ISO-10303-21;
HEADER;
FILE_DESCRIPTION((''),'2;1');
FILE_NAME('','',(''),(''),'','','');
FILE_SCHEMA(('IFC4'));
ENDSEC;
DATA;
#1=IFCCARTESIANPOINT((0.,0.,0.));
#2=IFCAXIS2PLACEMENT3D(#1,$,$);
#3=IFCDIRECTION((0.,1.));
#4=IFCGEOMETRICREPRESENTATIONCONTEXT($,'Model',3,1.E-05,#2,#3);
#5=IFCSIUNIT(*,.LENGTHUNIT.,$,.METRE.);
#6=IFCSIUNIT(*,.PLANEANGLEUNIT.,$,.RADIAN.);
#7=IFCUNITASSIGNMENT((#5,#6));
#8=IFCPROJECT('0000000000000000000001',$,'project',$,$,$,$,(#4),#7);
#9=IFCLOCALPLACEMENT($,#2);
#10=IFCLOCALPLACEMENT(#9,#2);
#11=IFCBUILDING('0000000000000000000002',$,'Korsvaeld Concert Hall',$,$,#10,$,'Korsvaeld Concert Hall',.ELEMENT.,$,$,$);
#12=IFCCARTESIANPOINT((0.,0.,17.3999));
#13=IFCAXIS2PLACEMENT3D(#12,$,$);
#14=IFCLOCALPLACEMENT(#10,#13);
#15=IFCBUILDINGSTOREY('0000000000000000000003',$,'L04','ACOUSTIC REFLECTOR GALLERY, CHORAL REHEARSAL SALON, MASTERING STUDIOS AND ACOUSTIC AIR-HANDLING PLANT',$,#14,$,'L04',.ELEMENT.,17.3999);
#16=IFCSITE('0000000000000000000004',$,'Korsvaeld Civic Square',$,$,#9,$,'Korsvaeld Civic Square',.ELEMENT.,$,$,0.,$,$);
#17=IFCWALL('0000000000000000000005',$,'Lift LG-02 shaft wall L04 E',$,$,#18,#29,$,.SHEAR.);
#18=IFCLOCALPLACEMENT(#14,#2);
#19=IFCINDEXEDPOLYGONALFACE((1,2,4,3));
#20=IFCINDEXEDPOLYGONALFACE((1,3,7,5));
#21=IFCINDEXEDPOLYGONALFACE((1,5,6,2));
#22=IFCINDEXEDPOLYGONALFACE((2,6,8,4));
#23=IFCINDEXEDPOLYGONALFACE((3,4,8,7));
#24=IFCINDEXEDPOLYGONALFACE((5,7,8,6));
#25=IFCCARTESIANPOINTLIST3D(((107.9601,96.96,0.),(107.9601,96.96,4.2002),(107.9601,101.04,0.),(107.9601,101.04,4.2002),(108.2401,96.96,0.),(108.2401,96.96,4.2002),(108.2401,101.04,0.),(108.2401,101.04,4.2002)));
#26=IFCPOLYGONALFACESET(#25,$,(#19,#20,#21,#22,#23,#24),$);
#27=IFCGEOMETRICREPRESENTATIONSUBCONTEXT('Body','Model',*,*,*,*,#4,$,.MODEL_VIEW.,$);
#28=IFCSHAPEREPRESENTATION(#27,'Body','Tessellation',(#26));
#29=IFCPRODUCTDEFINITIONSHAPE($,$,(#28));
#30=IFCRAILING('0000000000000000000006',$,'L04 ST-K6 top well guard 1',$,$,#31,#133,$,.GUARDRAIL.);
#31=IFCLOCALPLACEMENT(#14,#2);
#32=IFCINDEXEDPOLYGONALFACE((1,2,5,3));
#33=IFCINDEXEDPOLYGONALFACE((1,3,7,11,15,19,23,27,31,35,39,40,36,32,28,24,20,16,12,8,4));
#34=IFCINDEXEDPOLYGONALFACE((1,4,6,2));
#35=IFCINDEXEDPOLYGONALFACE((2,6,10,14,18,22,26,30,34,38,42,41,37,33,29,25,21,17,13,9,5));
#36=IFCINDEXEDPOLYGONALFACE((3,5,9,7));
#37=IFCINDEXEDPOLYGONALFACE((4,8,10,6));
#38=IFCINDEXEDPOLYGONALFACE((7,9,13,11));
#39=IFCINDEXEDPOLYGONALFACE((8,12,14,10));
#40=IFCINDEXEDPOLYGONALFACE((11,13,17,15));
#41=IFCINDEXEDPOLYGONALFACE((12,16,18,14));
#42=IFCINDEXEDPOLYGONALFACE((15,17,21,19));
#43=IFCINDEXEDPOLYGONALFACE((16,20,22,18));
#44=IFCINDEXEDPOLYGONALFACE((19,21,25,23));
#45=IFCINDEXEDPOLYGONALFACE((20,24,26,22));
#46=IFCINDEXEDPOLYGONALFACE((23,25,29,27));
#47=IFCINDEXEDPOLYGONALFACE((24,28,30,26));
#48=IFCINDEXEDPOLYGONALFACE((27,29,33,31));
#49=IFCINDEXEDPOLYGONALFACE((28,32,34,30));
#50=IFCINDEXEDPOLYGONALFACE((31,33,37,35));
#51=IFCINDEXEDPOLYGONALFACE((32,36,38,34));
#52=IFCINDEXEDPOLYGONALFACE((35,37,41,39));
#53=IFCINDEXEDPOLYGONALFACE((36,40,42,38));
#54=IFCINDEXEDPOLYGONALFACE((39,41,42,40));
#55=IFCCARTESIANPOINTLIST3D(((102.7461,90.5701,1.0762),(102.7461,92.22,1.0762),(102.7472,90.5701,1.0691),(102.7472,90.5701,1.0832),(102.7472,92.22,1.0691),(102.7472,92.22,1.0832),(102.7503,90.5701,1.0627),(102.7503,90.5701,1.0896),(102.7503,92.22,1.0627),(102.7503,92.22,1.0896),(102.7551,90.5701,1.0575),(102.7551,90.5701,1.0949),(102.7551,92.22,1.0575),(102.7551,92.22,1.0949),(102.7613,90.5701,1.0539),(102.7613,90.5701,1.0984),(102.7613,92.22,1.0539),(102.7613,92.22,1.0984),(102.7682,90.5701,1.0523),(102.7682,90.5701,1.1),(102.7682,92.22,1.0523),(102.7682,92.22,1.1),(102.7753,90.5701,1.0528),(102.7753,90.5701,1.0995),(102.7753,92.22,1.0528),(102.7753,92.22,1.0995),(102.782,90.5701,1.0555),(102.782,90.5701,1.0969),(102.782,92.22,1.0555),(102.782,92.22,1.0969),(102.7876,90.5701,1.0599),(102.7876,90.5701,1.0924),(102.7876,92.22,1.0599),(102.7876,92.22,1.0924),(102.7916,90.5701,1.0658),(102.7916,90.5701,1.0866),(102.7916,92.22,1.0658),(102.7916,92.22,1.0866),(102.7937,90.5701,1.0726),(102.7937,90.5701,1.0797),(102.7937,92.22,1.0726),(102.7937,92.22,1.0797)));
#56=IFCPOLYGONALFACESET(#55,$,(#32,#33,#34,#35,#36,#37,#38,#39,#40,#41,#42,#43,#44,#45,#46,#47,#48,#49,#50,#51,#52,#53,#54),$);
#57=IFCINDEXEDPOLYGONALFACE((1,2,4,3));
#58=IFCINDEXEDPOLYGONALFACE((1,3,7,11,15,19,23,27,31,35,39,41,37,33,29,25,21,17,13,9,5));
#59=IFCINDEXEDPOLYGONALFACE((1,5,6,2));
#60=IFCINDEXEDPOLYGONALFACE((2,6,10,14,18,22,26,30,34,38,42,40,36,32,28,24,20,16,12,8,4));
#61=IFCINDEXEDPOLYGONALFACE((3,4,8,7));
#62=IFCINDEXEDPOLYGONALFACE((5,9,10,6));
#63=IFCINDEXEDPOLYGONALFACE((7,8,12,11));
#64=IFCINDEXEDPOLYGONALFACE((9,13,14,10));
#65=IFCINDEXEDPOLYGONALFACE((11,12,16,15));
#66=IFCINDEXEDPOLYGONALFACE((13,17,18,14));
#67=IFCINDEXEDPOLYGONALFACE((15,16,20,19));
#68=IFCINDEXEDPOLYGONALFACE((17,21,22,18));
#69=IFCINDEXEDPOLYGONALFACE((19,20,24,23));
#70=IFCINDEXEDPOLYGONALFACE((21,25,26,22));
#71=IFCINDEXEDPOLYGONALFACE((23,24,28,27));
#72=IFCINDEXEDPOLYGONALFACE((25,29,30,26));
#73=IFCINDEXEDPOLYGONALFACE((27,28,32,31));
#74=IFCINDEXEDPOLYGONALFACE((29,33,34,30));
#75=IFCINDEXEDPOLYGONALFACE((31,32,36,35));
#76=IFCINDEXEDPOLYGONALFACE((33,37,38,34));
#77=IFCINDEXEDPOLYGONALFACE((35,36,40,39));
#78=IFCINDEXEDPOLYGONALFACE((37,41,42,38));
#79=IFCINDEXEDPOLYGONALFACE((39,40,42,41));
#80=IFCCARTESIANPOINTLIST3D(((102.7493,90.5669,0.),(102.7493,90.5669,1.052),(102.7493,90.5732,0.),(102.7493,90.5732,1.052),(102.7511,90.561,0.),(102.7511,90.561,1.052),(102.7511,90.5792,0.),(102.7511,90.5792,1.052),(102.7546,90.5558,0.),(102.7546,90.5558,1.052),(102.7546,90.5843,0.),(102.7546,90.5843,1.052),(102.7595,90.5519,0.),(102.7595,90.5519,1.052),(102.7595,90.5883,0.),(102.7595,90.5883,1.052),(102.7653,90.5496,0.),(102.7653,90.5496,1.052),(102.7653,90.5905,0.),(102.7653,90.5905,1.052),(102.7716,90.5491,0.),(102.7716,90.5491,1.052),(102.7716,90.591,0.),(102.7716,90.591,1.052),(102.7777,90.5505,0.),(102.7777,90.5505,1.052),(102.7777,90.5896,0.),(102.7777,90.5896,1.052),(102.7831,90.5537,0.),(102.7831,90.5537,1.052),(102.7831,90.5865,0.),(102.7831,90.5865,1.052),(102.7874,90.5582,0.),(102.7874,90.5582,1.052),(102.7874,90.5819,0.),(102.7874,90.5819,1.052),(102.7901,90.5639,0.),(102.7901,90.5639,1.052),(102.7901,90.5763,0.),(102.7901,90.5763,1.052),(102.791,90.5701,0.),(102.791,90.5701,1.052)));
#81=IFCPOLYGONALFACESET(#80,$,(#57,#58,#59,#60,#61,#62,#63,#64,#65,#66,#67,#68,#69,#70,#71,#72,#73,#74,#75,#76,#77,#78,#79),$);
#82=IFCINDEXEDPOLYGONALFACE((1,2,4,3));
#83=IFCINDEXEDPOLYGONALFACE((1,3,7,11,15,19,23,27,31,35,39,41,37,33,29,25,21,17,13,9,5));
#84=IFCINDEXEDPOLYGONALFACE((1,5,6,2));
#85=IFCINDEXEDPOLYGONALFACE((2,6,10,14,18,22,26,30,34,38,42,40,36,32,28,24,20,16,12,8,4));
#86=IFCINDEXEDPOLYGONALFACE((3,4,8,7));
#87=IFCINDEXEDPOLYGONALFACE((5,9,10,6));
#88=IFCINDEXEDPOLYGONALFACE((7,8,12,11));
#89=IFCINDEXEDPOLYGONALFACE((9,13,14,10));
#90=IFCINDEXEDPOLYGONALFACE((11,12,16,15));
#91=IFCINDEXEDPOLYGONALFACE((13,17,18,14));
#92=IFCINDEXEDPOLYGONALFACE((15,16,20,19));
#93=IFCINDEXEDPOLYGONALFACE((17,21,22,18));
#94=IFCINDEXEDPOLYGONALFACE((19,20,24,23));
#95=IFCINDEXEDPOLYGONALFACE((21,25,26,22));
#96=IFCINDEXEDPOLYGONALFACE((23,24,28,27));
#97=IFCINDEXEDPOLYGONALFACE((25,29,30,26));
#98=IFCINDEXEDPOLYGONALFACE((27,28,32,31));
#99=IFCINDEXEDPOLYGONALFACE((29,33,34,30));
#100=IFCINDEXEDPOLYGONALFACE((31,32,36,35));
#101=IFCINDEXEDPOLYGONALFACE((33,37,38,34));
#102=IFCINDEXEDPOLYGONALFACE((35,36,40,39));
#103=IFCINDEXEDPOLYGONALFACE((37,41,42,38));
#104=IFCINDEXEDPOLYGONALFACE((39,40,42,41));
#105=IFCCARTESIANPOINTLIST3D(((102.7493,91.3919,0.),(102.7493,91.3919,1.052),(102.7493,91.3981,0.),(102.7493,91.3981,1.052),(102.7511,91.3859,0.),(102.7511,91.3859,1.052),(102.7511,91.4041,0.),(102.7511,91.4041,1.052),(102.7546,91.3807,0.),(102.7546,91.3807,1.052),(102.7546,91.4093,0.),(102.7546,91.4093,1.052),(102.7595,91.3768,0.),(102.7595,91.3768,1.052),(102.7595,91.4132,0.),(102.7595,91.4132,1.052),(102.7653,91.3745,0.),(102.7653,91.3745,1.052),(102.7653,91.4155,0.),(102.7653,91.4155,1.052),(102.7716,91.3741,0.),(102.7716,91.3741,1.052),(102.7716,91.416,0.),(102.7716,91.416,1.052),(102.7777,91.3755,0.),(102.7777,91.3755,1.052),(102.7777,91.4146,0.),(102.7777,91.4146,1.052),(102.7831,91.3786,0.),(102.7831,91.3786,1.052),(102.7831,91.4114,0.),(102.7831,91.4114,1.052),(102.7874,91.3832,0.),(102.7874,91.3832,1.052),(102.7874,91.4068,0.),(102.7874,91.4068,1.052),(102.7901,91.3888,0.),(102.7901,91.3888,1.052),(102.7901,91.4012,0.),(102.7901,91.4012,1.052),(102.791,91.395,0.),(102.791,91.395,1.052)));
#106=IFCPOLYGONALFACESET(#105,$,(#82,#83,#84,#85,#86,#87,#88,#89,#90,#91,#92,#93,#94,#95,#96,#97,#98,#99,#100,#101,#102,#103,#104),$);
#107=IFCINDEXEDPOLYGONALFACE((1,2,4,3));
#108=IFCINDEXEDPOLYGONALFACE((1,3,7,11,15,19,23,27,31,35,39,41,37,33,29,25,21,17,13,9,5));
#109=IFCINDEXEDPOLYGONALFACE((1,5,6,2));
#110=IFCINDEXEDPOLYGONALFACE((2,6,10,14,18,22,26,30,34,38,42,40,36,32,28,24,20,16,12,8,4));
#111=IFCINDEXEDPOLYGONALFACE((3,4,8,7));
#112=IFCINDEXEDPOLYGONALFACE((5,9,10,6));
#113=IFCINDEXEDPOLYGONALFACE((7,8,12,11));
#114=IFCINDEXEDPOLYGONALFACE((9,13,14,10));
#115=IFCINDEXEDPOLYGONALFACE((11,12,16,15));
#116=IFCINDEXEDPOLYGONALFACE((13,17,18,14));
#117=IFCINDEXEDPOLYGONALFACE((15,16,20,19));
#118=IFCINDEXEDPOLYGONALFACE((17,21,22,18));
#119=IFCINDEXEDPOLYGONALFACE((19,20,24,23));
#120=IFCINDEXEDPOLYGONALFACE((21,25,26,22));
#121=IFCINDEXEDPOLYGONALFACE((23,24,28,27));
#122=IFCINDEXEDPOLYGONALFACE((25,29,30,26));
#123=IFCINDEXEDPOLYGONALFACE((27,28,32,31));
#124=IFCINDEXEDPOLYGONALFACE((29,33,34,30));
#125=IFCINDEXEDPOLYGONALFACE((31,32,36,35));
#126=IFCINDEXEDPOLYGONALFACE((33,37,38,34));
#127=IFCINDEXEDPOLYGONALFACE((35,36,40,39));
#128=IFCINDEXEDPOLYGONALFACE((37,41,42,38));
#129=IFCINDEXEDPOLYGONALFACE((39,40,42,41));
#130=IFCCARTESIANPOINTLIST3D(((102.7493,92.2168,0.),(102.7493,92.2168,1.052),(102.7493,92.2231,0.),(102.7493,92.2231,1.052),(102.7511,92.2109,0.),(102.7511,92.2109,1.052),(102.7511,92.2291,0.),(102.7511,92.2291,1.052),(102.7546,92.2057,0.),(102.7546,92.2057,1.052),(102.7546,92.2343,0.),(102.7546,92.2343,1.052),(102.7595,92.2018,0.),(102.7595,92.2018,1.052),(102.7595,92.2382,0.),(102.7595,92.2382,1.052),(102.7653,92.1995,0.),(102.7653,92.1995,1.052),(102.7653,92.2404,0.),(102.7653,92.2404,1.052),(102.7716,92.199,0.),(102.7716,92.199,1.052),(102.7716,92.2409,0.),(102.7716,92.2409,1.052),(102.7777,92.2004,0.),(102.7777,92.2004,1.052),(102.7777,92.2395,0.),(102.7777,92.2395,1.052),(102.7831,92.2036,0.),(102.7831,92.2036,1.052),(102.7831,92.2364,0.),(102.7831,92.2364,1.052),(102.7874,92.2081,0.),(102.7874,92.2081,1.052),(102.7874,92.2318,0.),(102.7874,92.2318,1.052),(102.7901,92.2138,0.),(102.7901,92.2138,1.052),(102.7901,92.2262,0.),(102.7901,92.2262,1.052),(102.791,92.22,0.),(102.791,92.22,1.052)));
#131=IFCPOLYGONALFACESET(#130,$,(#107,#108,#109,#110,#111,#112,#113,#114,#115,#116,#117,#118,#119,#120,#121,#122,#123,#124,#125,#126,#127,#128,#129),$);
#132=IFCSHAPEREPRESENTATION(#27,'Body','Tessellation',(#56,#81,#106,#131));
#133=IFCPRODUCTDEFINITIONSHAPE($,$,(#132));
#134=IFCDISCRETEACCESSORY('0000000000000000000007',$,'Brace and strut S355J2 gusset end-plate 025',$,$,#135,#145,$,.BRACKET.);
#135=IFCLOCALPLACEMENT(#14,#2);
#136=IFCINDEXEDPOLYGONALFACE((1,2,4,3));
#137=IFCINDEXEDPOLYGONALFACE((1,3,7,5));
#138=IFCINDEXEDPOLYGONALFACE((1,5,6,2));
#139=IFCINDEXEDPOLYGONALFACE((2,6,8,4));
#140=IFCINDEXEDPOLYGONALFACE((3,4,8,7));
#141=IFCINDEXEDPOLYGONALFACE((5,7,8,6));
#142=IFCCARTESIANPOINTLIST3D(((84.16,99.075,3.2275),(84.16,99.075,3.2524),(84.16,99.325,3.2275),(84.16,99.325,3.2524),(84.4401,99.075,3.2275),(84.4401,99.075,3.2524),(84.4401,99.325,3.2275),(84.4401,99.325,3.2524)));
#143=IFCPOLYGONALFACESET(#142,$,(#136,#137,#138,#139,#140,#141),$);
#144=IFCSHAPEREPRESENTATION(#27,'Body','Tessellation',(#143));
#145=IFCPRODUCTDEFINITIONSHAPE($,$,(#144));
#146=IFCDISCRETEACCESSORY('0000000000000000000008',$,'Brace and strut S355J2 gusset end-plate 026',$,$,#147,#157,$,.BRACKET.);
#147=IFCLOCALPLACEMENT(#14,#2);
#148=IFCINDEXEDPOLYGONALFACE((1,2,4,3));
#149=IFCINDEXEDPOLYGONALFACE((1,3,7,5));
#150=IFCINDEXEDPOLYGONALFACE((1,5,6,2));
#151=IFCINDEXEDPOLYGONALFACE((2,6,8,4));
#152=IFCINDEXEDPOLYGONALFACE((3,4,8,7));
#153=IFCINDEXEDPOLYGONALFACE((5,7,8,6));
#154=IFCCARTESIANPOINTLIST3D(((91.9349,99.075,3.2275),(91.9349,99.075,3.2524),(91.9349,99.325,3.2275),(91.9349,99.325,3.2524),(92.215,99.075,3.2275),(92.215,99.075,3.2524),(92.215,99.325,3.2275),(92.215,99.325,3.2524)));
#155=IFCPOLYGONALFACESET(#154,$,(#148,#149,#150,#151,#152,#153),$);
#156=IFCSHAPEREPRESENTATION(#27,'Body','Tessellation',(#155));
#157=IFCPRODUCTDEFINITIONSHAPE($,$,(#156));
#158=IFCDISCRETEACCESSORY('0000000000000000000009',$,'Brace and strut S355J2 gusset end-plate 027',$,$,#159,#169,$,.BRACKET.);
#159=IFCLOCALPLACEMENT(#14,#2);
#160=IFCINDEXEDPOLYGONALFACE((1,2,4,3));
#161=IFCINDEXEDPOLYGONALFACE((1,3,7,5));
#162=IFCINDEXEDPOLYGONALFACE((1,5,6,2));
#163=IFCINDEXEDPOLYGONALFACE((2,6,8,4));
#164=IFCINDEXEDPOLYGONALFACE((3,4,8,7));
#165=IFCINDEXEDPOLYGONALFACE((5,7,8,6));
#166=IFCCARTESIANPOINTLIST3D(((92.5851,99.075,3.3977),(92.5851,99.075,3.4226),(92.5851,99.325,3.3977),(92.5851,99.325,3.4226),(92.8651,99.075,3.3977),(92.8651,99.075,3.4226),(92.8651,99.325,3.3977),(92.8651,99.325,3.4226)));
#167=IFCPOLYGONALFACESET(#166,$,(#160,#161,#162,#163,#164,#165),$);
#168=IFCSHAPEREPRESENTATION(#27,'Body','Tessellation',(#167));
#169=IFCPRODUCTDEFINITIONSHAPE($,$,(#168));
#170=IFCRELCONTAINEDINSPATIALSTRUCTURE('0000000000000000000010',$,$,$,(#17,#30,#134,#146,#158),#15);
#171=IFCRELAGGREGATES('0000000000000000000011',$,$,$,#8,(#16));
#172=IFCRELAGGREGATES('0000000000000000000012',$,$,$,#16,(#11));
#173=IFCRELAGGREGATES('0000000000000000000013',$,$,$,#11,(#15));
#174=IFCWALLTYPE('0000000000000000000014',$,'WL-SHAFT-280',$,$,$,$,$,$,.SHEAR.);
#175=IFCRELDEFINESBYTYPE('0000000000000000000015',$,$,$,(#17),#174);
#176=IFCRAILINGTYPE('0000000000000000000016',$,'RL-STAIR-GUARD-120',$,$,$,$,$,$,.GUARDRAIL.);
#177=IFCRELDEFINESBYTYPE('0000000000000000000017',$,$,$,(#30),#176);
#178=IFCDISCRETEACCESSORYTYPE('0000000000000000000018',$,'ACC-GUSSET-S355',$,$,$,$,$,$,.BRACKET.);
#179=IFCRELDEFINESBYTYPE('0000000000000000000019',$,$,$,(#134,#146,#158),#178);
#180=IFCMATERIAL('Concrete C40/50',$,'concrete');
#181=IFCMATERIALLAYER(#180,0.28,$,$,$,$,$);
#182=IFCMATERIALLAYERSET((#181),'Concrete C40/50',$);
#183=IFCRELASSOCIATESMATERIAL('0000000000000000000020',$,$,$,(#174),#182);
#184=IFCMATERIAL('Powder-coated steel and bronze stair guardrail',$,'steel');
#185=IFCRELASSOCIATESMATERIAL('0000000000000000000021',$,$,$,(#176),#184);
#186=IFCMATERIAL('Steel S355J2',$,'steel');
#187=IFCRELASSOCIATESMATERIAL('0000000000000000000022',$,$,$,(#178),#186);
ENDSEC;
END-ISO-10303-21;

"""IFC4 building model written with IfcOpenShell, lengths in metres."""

from ifc_helpers import new_model, si_unit, direction, frame, frame_2d, origin, origin_2d, place, context, subcontext, project, spatial, rectangle, circle, extrude, material, layer, layer_set, type_object, element, save


model = new_model("IFC4")

# Units and contexts
model_context = context("Model", 3, precision=1e-05, world=origin(), true_north=direction((0.0, 1.0)))
body_context = subcontext(model_context, "Body", "Model", "MODEL_VIEW")
ifc_project = project(units=[si_unit("LENGTHUNIT", "METRE"), si_unit("PLANEANGLEUNIT", "RADIAN")], contexts=[model_context])

# Site, building, storey
site_placement = place(None, origin())
site = spatial("IfcSite", under=ifc_project, at=site_placement, Name="Korsvaeld Civic Square", LongName="Korsvaeld Civic Square", CompositionType="ELEMENT", RefElevation=0.0)
building_placement = place(site_placement, origin())
building = spatial("IfcBuilding", under=site, at=building_placement, Name="Korsvaeld Concert Hall", LongName="Korsvaeld Concert Hall", CompositionType="ELEMENT")
storey_placement = place(building_placement, frame((0.0, 0.0, 17.3999)))
storey = spatial("IfcBuildingStorey", under=building, at=storey_placement, Name="L04", Description="ACOUSTIC REFLECTOR GALLERY, CHORAL REHEARSAL SALON, MASTERING STUDIOS AND ACOUSTIC AIR-HANDLING PLANT", LongName="L04", CompositionType="ELEMENT", Elevation=17.3999)

# Shared definitions
ifc_material_1 = material(Name="Concrete C40/50", Category="concrete")

# Shared definitions
ifc_material_2 = material(Name="Steel S355J2", Category="steel")

# Shared definitions
ifc_layer_1 = layer(ifc_material_1, 0.28)
ifc_layer_set_1 = layer_set([ifc_layer_1], Name="Concrete C40/50")
wall_type_1 = type_object("IfcWallType", Name="WL-SHAFT-280", PredefinedType="SHEAR", material=ifc_layer_set_1)

# Wall
wall_1_placement = place(storey_placement, frame((108.1001, 96.96, 0.0), z_axis=(0.0, 0.0, 1.0), x_axis=(0.0, 1.0, 0.0)))
element("IfcWall", 1, at=wall_1_placement, inside=storey, type_object=wall_type_1, Name="Lift LG-02 shaft wall L04 E", PredefinedType="SHEAR", context=body_context, shape_type="SweptSolid", body=[
    extrude(rectangle(XDim=4.0801, YDim=0.28, at=frame_2d((2.04, 0.0))), origin(), (0.0, 0.0, 1.0), 4.2002),
])

# Railing
ifc_material_3 = material(Name="Powder-coated steel and bronze stair guardrail", Category="steel")
railing_type = type_object("IfcRailingType", Name="RL-STAIR-GUARD-120", PredefinedType="GUARDRAIL", material=ifc_material_3)
railing_placement = place(storey_placement, frame((102.77, 90.5701, 0.0)))
element("IfcRailing", 2, at=railing_placement, inside=storey, type_object=railing_type, Name="L04 ST-K6 top well guard 1", PredefinedType="GUARDRAIL", context=body_context, shape_type="SweptSolid", body=[
    extrude(circle(Radius=0.0239, at=origin_2d()), frame((0.0, 0.0, 1.0762), z_axis=(0.0, 1.0, 0.0), x_axis=(-1.0, 0.0, 0.0)), (0.0, 0.0, 1.0), 1.6499),
    extrude(circle(Radius=0.021, at=origin_2d()), origin(), (0.0, 0.0, 1.0), 1.052),
    extrude(circle(Radius=0.021, at=origin_2d()), frame((0.0, 0.825, 0.0)), (0.0, 0.0, 1.0), 1.052),
    extrude(circle(Radius=0.021, at=origin_2d()), frame((0.0, 1.6499, 0.0)), (0.0, 0.0, 1.0), 1.052),
])

# Discrete accessories
discrete_accessory_type = type_object("IfcDiscreteAccessoryType", Name="ACC-GUSSET-S355", PredefinedType="BRACKET", material=ifc_material_2)
for number, where, z_axis, x_axis, name in (
    (3, (84.3, 99.2, 3.2275), (0.0, 0.0, 1.0), (1.0, 0.0, 0.0), "Brace and strut S355J2 gusset end-plate 025"),
    (4, (92.075, 99.2, 3.2275), (0.0, 0.0, 1.0), (1.0, 0.0, 0.0), "Brace and strut S355J2 gusset end-plate 026"),
    (5, (92.7251, 99.2, 3.3977), (0.0, 0.0, 1.0), (1.0, 0.0, 0.0), "Brace and strut S355J2 gusset end-plate 027"),
):
    element("IfcDiscreteAccessory", number, at=place(storey_placement, frame(where, z_axis=z_axis, x_axis=x_axis)), inside=storey, type_object=discrete_accessory_type, Name=name, PredefinedType="BRACKET", context=body_context, shape_type="SweptSolid", body=[
        extrude(rectangle(XDim=0.28, YDim=0.25, at=origin_2d()), origin(), (0.0, 0.0, 1.0), 0.0249),
    ])

save(model, "model.ifc")
